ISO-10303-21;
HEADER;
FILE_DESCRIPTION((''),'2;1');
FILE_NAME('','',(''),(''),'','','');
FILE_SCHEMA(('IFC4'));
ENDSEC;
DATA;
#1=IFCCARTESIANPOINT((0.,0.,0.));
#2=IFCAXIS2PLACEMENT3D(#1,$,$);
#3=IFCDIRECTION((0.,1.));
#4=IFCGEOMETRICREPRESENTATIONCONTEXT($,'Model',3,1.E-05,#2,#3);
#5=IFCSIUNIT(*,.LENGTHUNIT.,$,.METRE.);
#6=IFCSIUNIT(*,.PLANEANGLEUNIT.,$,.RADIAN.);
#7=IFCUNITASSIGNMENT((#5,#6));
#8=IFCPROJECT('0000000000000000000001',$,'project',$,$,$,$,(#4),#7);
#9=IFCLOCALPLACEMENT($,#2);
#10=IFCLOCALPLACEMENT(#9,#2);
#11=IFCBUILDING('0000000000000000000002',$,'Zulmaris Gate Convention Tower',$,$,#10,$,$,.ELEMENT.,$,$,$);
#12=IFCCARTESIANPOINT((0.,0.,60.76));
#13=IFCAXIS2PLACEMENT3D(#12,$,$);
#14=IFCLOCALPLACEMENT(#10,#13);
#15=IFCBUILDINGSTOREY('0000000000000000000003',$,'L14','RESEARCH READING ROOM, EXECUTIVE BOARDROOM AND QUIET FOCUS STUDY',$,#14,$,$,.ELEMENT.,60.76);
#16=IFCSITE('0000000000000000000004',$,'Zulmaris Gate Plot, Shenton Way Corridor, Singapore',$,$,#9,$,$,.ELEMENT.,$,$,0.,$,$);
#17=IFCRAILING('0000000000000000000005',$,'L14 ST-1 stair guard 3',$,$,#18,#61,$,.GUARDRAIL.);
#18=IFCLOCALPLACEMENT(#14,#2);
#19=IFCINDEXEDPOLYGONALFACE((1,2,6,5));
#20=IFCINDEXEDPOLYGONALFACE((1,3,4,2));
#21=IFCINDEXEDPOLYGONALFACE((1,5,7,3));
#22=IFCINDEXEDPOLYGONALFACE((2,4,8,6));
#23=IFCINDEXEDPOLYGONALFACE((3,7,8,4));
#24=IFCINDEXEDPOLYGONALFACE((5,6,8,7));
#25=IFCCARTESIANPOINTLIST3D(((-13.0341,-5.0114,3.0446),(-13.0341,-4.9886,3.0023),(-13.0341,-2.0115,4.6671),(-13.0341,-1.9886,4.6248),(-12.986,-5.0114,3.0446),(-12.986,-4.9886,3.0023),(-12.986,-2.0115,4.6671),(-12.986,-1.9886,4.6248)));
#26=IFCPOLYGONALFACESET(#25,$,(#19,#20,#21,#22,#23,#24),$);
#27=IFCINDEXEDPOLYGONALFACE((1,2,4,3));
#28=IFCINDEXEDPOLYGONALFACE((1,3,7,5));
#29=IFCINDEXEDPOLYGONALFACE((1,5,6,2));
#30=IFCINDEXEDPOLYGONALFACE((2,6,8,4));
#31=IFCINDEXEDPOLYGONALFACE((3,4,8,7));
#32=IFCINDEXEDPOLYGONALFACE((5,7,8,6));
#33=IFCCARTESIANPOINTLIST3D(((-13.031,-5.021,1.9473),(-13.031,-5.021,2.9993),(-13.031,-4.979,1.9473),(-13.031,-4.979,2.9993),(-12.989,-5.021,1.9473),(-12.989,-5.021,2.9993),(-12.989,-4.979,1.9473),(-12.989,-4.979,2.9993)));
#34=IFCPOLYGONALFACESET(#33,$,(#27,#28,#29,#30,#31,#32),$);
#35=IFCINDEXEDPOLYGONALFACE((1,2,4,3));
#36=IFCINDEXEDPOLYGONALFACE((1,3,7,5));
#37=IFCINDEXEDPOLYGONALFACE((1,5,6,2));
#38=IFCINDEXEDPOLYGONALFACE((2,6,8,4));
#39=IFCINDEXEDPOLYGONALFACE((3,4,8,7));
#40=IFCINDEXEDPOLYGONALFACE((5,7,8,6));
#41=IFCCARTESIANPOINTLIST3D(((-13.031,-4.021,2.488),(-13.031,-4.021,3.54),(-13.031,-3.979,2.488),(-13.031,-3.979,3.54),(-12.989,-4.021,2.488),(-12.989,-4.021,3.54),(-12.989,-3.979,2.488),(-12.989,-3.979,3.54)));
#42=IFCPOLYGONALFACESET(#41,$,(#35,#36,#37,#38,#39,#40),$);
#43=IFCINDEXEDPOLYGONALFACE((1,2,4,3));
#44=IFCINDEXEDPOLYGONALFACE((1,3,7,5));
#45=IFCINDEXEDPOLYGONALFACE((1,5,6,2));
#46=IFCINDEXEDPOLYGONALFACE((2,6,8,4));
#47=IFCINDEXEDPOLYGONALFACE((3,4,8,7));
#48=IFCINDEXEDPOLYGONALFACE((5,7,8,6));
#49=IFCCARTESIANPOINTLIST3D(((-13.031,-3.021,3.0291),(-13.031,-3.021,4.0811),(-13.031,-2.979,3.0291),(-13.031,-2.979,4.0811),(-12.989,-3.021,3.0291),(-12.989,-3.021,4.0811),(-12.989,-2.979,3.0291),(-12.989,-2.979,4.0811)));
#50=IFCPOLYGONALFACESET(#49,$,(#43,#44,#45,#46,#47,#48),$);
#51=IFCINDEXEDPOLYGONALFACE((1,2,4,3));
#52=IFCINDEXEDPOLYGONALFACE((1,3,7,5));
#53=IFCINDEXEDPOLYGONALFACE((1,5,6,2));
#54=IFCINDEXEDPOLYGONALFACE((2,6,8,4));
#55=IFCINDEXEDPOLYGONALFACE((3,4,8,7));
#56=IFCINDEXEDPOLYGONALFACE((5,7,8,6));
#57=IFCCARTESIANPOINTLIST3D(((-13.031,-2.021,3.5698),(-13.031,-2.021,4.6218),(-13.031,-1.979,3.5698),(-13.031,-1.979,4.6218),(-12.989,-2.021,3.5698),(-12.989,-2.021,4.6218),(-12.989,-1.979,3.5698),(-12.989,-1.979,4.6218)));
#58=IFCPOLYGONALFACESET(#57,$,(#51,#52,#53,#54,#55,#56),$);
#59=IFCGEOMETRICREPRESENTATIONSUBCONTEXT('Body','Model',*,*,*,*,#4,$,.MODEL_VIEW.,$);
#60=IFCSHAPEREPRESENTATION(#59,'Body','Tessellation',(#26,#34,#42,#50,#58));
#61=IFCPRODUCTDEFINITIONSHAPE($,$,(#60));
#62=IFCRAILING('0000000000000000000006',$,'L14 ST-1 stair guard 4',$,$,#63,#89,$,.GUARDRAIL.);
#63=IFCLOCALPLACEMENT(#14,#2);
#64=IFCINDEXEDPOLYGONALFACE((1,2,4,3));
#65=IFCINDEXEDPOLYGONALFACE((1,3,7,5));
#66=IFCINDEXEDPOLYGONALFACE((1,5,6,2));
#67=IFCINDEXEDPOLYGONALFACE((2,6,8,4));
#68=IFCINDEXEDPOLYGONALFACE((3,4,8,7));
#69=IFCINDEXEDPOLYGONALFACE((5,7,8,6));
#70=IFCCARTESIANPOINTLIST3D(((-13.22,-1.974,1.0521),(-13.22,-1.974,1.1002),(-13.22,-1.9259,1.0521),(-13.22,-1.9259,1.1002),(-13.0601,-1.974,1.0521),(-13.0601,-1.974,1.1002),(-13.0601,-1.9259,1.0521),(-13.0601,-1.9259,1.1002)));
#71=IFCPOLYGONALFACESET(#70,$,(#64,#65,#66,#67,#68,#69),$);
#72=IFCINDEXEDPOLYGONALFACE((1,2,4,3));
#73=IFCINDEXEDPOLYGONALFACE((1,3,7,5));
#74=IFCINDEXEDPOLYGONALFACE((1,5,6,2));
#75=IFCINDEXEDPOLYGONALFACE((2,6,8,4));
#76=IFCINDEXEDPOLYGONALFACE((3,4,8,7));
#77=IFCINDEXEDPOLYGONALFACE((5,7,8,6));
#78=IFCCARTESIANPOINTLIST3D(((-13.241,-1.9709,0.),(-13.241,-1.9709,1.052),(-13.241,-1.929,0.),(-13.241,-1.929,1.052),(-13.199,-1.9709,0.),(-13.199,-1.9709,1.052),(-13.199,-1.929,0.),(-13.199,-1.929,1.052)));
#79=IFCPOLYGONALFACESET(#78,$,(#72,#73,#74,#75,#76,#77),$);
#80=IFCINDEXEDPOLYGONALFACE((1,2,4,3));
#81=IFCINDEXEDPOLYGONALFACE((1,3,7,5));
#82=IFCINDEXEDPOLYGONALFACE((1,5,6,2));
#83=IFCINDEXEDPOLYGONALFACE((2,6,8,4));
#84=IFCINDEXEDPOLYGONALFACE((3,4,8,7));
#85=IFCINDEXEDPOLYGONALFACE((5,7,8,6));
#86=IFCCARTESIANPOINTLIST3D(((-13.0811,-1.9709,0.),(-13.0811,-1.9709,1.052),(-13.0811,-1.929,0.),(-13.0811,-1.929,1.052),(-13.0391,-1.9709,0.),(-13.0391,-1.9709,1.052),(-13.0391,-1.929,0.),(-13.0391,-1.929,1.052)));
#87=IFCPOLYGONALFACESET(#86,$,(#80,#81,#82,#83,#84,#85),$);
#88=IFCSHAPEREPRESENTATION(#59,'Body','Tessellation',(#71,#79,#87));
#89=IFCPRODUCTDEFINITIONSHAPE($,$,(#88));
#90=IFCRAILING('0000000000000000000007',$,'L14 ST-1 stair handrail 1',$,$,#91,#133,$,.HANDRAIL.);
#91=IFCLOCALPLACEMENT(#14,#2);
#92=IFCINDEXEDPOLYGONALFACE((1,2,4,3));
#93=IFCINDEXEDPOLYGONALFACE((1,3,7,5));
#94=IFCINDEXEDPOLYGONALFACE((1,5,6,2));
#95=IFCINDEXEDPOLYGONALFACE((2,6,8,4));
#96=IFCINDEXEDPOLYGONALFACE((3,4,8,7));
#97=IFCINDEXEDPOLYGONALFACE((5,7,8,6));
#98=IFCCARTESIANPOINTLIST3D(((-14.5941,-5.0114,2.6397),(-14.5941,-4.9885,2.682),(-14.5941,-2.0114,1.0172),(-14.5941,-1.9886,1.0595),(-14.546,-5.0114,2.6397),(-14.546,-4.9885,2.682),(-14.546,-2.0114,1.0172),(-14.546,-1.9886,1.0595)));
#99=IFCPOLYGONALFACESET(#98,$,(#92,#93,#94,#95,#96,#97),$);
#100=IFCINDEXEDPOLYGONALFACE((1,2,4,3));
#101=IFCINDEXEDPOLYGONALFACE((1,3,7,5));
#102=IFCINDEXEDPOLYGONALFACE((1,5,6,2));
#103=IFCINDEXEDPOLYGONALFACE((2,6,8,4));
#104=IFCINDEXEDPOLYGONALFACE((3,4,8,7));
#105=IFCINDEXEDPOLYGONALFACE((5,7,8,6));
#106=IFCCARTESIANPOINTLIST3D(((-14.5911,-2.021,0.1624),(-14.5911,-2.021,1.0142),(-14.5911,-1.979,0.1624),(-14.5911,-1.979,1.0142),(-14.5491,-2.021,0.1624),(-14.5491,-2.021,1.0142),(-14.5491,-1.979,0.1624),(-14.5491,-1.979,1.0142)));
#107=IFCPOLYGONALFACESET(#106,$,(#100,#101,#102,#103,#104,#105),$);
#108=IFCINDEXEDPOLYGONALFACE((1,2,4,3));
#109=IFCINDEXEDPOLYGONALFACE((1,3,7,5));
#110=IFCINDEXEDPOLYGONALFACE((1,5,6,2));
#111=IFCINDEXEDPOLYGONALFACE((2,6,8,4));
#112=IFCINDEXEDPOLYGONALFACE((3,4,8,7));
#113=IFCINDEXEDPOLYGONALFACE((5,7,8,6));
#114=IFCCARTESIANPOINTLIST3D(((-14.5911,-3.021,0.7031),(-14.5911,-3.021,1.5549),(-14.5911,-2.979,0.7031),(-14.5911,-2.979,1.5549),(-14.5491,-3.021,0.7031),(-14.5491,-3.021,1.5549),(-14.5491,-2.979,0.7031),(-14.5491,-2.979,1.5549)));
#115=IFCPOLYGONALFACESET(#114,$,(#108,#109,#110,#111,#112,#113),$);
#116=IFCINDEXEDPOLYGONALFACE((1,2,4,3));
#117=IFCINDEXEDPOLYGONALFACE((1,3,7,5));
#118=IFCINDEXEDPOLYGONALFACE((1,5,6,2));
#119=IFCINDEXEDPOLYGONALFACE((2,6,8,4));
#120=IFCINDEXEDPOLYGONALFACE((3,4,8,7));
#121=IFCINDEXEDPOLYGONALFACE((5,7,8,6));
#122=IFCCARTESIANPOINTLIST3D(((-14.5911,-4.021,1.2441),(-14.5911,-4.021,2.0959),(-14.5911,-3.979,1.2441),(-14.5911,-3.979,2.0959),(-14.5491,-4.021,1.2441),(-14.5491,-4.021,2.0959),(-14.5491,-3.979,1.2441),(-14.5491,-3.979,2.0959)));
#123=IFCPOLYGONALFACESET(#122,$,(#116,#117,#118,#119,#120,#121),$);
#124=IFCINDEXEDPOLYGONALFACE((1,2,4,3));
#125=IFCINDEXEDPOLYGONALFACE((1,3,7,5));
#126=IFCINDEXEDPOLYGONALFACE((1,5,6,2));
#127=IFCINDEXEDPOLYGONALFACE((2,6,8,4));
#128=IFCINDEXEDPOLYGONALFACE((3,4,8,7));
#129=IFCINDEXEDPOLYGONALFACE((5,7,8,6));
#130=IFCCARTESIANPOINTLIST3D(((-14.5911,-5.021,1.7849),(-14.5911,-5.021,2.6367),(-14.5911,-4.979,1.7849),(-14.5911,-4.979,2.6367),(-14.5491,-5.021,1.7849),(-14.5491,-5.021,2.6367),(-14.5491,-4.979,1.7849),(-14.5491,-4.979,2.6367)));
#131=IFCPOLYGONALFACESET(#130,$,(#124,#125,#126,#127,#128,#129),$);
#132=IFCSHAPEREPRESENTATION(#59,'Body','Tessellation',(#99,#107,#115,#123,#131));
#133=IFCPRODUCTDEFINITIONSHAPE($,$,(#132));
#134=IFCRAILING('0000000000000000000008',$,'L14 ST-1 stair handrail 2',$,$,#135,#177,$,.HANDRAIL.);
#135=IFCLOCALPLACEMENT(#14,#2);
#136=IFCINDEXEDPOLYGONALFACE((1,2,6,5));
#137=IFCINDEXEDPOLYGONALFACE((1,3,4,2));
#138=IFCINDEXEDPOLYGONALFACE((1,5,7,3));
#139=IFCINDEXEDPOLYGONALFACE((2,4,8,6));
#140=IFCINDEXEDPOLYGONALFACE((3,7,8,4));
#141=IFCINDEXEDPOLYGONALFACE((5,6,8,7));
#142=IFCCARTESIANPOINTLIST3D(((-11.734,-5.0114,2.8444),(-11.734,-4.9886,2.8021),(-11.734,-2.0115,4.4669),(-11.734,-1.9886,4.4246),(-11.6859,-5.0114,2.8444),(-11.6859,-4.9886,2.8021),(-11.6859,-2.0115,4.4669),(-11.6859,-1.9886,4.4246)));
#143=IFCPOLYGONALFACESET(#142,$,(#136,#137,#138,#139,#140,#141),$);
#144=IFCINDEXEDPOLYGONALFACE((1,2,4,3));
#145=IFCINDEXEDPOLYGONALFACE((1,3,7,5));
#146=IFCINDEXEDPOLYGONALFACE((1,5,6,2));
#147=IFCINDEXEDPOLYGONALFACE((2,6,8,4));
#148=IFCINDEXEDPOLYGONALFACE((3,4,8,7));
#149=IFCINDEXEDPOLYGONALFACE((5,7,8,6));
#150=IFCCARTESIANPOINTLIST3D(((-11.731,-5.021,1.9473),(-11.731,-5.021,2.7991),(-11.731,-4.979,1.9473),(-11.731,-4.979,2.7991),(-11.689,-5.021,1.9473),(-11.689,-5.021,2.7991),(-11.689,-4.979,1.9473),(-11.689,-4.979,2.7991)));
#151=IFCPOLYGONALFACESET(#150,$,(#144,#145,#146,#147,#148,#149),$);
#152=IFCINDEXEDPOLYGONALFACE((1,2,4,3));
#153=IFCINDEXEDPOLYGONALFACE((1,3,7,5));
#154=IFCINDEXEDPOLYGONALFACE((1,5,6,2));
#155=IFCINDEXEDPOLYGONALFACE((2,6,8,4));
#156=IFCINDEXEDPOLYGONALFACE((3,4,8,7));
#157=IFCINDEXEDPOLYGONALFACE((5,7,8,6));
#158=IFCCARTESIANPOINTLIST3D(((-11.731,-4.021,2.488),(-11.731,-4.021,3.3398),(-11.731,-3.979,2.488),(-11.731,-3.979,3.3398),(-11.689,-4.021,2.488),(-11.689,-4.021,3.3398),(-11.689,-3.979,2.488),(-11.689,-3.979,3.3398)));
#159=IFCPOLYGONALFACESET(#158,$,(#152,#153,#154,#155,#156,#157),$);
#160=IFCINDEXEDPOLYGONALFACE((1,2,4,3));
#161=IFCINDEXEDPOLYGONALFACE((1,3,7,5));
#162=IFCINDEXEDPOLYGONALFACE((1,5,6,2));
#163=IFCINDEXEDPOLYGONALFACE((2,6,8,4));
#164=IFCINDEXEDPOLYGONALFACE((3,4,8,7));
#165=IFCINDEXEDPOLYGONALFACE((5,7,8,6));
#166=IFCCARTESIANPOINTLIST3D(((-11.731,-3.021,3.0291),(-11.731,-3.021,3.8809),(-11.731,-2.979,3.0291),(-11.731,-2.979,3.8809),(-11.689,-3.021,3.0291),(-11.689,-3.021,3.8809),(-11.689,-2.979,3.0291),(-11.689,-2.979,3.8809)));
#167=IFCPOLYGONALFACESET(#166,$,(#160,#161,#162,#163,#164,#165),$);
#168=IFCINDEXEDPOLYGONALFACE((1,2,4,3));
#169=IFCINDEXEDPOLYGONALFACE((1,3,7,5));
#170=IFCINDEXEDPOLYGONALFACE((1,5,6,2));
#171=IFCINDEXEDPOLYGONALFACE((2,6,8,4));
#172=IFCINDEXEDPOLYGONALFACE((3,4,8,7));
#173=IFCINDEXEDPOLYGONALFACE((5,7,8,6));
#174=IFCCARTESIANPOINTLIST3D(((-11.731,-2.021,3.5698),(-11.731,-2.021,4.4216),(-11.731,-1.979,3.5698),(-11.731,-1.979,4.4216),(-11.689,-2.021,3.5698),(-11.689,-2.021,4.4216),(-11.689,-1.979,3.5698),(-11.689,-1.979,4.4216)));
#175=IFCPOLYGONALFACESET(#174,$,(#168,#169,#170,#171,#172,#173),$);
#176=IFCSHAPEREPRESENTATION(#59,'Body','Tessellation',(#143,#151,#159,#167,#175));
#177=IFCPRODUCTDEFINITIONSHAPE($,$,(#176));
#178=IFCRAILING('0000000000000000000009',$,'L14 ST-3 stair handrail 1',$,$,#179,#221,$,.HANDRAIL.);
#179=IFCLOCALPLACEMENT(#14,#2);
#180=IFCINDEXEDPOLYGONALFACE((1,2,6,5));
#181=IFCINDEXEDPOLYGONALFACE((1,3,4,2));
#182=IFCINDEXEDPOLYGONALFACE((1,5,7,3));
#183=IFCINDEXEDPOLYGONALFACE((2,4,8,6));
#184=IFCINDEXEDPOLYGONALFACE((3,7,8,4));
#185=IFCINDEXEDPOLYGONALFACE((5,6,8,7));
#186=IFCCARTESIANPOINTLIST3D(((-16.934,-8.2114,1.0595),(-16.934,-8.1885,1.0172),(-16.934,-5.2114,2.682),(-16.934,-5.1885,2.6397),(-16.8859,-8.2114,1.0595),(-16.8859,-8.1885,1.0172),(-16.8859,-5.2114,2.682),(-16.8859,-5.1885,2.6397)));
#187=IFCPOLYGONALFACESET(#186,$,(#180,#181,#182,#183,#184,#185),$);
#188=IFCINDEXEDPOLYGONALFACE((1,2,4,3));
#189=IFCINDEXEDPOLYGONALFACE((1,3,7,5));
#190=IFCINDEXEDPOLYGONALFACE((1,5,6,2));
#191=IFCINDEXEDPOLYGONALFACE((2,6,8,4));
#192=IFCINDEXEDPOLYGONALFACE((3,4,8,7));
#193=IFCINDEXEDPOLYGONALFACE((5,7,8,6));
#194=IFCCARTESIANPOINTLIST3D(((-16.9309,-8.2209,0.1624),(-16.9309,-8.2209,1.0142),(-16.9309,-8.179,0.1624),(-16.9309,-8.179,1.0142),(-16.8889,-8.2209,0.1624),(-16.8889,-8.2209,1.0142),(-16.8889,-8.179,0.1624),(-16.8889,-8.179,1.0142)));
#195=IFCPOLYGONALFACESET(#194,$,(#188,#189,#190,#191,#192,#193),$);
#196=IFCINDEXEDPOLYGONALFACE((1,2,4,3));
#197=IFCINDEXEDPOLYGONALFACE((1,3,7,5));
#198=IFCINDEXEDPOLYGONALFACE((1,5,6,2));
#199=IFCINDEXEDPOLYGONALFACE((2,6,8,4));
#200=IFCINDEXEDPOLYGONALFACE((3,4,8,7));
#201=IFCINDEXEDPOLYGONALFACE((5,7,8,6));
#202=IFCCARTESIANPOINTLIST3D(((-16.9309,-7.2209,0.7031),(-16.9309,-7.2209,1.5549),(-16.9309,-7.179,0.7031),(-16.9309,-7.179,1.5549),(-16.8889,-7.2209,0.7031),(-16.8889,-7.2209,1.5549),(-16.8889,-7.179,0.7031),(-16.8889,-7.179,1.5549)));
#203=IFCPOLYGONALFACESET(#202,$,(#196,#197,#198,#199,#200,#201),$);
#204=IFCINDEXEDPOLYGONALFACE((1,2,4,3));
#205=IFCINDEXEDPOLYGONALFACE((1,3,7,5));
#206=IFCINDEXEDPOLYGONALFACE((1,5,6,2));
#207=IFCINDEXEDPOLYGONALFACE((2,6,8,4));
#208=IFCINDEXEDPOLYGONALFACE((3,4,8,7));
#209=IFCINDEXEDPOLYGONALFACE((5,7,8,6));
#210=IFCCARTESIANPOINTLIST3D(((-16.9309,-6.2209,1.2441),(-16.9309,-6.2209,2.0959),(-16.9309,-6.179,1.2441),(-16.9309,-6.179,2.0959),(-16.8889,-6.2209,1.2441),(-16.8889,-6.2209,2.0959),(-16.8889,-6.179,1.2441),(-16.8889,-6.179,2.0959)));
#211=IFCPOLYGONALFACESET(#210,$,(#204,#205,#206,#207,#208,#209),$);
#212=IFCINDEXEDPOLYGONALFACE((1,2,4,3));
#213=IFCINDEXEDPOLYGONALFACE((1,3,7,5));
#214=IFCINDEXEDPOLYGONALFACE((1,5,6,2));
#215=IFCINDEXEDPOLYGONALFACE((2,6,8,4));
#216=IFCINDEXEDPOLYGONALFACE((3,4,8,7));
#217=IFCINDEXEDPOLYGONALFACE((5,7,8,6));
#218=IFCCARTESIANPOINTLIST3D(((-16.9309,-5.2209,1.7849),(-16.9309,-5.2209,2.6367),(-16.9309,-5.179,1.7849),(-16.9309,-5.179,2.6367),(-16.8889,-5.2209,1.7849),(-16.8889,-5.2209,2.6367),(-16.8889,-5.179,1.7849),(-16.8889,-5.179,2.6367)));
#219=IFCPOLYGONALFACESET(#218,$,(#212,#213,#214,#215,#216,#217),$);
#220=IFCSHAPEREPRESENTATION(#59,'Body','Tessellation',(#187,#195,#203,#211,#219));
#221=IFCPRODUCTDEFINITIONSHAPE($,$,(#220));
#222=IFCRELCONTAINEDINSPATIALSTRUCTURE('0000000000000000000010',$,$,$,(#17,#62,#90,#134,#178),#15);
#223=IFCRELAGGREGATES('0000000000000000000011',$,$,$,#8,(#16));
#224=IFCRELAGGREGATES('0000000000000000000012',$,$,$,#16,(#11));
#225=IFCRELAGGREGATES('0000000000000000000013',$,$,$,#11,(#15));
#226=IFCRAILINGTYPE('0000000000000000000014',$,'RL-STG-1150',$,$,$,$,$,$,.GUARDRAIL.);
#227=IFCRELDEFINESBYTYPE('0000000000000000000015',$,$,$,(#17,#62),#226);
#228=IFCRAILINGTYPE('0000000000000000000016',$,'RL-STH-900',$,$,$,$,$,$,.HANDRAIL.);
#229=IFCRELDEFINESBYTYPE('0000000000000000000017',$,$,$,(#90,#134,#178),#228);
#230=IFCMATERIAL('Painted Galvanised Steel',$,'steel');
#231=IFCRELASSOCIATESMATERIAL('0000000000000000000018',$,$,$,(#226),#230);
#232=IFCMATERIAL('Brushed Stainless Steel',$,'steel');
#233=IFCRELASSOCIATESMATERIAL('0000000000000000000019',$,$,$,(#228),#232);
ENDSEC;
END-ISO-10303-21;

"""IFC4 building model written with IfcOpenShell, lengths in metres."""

from ifc_helpers import new_model, si_unit, direction, frame, origin, origin_2d, place, context, subcontext, project, spatial, rectangle, extrude, material, type_object, element, save


model = new_model("IFC4")

# Units and contexts
model_context = context("Model", 3, precision=1e-05, world=origin(), true_north=direction((0.0, 1.0)))
body_context = subcontext(model_context, "Body", "Model", "MODEL_VIEW")
ifc_project = project(units=[si_unit("LENGTHUNIT", "METRE"), si_unit("PLANEANGLEUNIT", "RADIAN")], contexts=[model_context])

# Site, building, storey
site_placement = place(None, origin())
site = spatial("IfcSite", under=ifc_project, at=site_placement, Name="Zulmaris Gate Plot, Shenton Way Corridor, Singapore", CompositionType="ELEMENT", RefElevation=0.0)
building_placement = place(site_placement, origin())
building = spatial("IfcBuilding", under=site, at=building_placement, Name="Zulmaris Gate Convention Tower", CompositionType="ELEMENT")
storey_placement = place(building_placement, frame((0.0, 0.0, 60.76)))
storey = spatial("IfcBuildingStorey", under=building, at=storey_placement, Name="L14", Description="RESEARCH READING ROOM, EXECUTIVE BOARDROOM AND QUIET FOCUS STUDY", CompositionType="ELEMENT", Elevation=60.76)

# Railings
ifc_material_1 = material(Name="Painted Galvanised Steel", Category="steel")
railing_type_1 = type_object("IfcRailingType", Name="RL-STG-1150", PredefinedType="GUARDRAIL", material=ifc_material_1)
railing_1_placement = place(storey_placement, frame((-13.01, -5.0, 1.9473)))
element("IfcRailing", 1, at=railing_1_placement, inside=storey, type_object=railing_type_1, Name="L14 ST-1 stair guard 3", PredefinedType="GUARDRAIL", context=body_context, shape_type="SweptSolid", body=[
    extrude(rectangle(XDim=0.0481, YDim=0.0481, at=origin_2d()), frame((0.0, 0.0, 1.0762), z_axis=(0.0, 0.879592, 0.47573), x_axis=(-1.0, 0.0, 0.0)), (0.0, 0.0, 1.0), 3.4106),
    extrude(rectangle(XDim=0.042, YDim=0.042, at=origin_2d()), origin(), (0.0, 0.0, 1.0), 1.052),
    extrude(rectangle(XDim=0.042, YDim=0.042, at=origin_2d()), frame((0.0, 1.0, 0.5408)), (0.0, 0.0, 1.0), 1.052),
    extrude(rectangle(XDim=0.042, YDim=0.042, at=origin_2d()), frame((0.0, 2.0, 1.0818)), (0.0, 0.0, 1.0), 1.052),
    extrude(rectangle(XDim=0.042, YDim=0.042, at=origin_2d()), frame((0.0, 3.0, 1.6226)), (0.0, 0.0, 1.0), 1.052),
])
railing_2_placement = place(storey_placement, frame((-13.22, -1.95, 0.0)))
element("IfcRailing", 2, at=railing_2_placement, inside=storey, type_object=railing_type_1, Name="L14 ST-1 stair guard 4", PredefinedType="GUARDRAIL", context=body_context, shape_type="SweptSolid", body=[
    extrude(rectangle(XDim=0.0481, YDim=0.0481, at=origin_2d()), frame((0.0, 0.0, 1.0762), z_axis=(1.0, 0.0, 0.0), x_axis=(0.0, 1.0, 0.0)), (0.0, 0.0, 1.0), 0.1599),
    extrude(rectangle(XDim=0.042, YDim=0.042, at=origin_2d()), origin(), (0.0, 0.0, 1.0), 1.052),
    extrude(rectangle(XDim=0.042, YDim=0.042, at=origin_2d()), frame((0.1599, 0.0, 0.0)), (0.0, 0.0, 1.0), 1.052),
])
ifc_material_2 = material(Name="Brushed Stainless Steel", Category="steel")
railing_type_2 = type_object("IfcRailingType", Name="RL-STH-900", PredefinedType="HANDRAIL", material=ifc_material_2)
railing_3_placement = place(storey_placement, frame((-14.5701, -2.0, 0.1624)))
element("IfcRailing", 3, at=railing_3_placement, inside=storey, type_object=railing_type_2, Name="L14 ST-1 stair handrail 1", PredefinedType="HANDRAIL", context=body_context, shape_type="SweptSolid", body=[
    extrude(rectangle(XDim=0.0481, YDim=0.0481, at=origin_2d()), frame((0.0, 0.0, 0.876), z_axis=(0.0, -0.879592, 0.47573), x_axis=(1.0, 0.0, 0.0)), (0.0, 0.0, 1.0), 3.4106),
    extrude(rectangle(XDim=0.042, YDim=0.042, at=origin_2d()), origin(), (0.0, 0.0, 1.0), 0.8518),
    extrude(rectangle(XDim=0.042, YDim=0.042, at=origin_2d()), frame((0.0, -1.0, 0.5408)), (0.0, 0.0, 1.0), 0.8518),
    extrude(rectangle(XDim=0.042, YDim=0.042, at=origin_2d()), frame((0.0, -2.0, 1.0818)), (0.0, 0.0, 1.0), 0.8518),
    extrude(rectangle(XDim=0.042, YDim=0.042, at=origin_2d()), frame((0.0, -3.0, 1.6226)), (0.0, 0.0, 1.0), 0.8518),
])
for number, where, name in (
    (4, (-11.71, -5.0, 1.9473), "L14 ST-1 stair handrail 2"),
    (5, (-16.9099, -8.2, 0.1624), "L14 ST-3 stair handrail 1"),
):
    element("IfcRailing", number, at=place(storey_placement, frame(where)), inside=storey, type_object=railing_type_2, Name=name, PredefinedType="HANDRAIL", context=body_context, shape_type="SweptSolid", body=[
        extrude(rectangle(XDim=0.0481, YDim=0.0481, at=origin_2d()), frame((0.0, 0.0, 0.876), z_axis=(0.0, 0.879592, 0.47573), x_axis=(-1.0, 0.0, 0.0)), (0.0, 0.0, 1.0), 3.4106),
        extrude(rectangle(XDim=0.042, YDim=0.042, at=origin_2d()), origin(), (0.0, 0.0, 1.0), 0.8518),
        extrude(rectangle(XDim=0.042, YDim=0.042, at=origin_2d()), frame((0.0, 1.0, 0.5408)), (0.0, 0.0, 1.0), 0.8518),
        extrude(rectangle(XDim=0.042, YDim=0.042, at=origin_2d()), frame((0.0, 2.0, 1.0818)), (0.0, 0.0, 1.0), 0.8518),
        extrude(rectangle(XDim=0.042, YDim=0.042, at=origin_2d()), frame((0.0, 3.0, 1.6226)), (0.0, 0.0, 1.0), 0.8518),
    ])

save(model, "model.ifc")
